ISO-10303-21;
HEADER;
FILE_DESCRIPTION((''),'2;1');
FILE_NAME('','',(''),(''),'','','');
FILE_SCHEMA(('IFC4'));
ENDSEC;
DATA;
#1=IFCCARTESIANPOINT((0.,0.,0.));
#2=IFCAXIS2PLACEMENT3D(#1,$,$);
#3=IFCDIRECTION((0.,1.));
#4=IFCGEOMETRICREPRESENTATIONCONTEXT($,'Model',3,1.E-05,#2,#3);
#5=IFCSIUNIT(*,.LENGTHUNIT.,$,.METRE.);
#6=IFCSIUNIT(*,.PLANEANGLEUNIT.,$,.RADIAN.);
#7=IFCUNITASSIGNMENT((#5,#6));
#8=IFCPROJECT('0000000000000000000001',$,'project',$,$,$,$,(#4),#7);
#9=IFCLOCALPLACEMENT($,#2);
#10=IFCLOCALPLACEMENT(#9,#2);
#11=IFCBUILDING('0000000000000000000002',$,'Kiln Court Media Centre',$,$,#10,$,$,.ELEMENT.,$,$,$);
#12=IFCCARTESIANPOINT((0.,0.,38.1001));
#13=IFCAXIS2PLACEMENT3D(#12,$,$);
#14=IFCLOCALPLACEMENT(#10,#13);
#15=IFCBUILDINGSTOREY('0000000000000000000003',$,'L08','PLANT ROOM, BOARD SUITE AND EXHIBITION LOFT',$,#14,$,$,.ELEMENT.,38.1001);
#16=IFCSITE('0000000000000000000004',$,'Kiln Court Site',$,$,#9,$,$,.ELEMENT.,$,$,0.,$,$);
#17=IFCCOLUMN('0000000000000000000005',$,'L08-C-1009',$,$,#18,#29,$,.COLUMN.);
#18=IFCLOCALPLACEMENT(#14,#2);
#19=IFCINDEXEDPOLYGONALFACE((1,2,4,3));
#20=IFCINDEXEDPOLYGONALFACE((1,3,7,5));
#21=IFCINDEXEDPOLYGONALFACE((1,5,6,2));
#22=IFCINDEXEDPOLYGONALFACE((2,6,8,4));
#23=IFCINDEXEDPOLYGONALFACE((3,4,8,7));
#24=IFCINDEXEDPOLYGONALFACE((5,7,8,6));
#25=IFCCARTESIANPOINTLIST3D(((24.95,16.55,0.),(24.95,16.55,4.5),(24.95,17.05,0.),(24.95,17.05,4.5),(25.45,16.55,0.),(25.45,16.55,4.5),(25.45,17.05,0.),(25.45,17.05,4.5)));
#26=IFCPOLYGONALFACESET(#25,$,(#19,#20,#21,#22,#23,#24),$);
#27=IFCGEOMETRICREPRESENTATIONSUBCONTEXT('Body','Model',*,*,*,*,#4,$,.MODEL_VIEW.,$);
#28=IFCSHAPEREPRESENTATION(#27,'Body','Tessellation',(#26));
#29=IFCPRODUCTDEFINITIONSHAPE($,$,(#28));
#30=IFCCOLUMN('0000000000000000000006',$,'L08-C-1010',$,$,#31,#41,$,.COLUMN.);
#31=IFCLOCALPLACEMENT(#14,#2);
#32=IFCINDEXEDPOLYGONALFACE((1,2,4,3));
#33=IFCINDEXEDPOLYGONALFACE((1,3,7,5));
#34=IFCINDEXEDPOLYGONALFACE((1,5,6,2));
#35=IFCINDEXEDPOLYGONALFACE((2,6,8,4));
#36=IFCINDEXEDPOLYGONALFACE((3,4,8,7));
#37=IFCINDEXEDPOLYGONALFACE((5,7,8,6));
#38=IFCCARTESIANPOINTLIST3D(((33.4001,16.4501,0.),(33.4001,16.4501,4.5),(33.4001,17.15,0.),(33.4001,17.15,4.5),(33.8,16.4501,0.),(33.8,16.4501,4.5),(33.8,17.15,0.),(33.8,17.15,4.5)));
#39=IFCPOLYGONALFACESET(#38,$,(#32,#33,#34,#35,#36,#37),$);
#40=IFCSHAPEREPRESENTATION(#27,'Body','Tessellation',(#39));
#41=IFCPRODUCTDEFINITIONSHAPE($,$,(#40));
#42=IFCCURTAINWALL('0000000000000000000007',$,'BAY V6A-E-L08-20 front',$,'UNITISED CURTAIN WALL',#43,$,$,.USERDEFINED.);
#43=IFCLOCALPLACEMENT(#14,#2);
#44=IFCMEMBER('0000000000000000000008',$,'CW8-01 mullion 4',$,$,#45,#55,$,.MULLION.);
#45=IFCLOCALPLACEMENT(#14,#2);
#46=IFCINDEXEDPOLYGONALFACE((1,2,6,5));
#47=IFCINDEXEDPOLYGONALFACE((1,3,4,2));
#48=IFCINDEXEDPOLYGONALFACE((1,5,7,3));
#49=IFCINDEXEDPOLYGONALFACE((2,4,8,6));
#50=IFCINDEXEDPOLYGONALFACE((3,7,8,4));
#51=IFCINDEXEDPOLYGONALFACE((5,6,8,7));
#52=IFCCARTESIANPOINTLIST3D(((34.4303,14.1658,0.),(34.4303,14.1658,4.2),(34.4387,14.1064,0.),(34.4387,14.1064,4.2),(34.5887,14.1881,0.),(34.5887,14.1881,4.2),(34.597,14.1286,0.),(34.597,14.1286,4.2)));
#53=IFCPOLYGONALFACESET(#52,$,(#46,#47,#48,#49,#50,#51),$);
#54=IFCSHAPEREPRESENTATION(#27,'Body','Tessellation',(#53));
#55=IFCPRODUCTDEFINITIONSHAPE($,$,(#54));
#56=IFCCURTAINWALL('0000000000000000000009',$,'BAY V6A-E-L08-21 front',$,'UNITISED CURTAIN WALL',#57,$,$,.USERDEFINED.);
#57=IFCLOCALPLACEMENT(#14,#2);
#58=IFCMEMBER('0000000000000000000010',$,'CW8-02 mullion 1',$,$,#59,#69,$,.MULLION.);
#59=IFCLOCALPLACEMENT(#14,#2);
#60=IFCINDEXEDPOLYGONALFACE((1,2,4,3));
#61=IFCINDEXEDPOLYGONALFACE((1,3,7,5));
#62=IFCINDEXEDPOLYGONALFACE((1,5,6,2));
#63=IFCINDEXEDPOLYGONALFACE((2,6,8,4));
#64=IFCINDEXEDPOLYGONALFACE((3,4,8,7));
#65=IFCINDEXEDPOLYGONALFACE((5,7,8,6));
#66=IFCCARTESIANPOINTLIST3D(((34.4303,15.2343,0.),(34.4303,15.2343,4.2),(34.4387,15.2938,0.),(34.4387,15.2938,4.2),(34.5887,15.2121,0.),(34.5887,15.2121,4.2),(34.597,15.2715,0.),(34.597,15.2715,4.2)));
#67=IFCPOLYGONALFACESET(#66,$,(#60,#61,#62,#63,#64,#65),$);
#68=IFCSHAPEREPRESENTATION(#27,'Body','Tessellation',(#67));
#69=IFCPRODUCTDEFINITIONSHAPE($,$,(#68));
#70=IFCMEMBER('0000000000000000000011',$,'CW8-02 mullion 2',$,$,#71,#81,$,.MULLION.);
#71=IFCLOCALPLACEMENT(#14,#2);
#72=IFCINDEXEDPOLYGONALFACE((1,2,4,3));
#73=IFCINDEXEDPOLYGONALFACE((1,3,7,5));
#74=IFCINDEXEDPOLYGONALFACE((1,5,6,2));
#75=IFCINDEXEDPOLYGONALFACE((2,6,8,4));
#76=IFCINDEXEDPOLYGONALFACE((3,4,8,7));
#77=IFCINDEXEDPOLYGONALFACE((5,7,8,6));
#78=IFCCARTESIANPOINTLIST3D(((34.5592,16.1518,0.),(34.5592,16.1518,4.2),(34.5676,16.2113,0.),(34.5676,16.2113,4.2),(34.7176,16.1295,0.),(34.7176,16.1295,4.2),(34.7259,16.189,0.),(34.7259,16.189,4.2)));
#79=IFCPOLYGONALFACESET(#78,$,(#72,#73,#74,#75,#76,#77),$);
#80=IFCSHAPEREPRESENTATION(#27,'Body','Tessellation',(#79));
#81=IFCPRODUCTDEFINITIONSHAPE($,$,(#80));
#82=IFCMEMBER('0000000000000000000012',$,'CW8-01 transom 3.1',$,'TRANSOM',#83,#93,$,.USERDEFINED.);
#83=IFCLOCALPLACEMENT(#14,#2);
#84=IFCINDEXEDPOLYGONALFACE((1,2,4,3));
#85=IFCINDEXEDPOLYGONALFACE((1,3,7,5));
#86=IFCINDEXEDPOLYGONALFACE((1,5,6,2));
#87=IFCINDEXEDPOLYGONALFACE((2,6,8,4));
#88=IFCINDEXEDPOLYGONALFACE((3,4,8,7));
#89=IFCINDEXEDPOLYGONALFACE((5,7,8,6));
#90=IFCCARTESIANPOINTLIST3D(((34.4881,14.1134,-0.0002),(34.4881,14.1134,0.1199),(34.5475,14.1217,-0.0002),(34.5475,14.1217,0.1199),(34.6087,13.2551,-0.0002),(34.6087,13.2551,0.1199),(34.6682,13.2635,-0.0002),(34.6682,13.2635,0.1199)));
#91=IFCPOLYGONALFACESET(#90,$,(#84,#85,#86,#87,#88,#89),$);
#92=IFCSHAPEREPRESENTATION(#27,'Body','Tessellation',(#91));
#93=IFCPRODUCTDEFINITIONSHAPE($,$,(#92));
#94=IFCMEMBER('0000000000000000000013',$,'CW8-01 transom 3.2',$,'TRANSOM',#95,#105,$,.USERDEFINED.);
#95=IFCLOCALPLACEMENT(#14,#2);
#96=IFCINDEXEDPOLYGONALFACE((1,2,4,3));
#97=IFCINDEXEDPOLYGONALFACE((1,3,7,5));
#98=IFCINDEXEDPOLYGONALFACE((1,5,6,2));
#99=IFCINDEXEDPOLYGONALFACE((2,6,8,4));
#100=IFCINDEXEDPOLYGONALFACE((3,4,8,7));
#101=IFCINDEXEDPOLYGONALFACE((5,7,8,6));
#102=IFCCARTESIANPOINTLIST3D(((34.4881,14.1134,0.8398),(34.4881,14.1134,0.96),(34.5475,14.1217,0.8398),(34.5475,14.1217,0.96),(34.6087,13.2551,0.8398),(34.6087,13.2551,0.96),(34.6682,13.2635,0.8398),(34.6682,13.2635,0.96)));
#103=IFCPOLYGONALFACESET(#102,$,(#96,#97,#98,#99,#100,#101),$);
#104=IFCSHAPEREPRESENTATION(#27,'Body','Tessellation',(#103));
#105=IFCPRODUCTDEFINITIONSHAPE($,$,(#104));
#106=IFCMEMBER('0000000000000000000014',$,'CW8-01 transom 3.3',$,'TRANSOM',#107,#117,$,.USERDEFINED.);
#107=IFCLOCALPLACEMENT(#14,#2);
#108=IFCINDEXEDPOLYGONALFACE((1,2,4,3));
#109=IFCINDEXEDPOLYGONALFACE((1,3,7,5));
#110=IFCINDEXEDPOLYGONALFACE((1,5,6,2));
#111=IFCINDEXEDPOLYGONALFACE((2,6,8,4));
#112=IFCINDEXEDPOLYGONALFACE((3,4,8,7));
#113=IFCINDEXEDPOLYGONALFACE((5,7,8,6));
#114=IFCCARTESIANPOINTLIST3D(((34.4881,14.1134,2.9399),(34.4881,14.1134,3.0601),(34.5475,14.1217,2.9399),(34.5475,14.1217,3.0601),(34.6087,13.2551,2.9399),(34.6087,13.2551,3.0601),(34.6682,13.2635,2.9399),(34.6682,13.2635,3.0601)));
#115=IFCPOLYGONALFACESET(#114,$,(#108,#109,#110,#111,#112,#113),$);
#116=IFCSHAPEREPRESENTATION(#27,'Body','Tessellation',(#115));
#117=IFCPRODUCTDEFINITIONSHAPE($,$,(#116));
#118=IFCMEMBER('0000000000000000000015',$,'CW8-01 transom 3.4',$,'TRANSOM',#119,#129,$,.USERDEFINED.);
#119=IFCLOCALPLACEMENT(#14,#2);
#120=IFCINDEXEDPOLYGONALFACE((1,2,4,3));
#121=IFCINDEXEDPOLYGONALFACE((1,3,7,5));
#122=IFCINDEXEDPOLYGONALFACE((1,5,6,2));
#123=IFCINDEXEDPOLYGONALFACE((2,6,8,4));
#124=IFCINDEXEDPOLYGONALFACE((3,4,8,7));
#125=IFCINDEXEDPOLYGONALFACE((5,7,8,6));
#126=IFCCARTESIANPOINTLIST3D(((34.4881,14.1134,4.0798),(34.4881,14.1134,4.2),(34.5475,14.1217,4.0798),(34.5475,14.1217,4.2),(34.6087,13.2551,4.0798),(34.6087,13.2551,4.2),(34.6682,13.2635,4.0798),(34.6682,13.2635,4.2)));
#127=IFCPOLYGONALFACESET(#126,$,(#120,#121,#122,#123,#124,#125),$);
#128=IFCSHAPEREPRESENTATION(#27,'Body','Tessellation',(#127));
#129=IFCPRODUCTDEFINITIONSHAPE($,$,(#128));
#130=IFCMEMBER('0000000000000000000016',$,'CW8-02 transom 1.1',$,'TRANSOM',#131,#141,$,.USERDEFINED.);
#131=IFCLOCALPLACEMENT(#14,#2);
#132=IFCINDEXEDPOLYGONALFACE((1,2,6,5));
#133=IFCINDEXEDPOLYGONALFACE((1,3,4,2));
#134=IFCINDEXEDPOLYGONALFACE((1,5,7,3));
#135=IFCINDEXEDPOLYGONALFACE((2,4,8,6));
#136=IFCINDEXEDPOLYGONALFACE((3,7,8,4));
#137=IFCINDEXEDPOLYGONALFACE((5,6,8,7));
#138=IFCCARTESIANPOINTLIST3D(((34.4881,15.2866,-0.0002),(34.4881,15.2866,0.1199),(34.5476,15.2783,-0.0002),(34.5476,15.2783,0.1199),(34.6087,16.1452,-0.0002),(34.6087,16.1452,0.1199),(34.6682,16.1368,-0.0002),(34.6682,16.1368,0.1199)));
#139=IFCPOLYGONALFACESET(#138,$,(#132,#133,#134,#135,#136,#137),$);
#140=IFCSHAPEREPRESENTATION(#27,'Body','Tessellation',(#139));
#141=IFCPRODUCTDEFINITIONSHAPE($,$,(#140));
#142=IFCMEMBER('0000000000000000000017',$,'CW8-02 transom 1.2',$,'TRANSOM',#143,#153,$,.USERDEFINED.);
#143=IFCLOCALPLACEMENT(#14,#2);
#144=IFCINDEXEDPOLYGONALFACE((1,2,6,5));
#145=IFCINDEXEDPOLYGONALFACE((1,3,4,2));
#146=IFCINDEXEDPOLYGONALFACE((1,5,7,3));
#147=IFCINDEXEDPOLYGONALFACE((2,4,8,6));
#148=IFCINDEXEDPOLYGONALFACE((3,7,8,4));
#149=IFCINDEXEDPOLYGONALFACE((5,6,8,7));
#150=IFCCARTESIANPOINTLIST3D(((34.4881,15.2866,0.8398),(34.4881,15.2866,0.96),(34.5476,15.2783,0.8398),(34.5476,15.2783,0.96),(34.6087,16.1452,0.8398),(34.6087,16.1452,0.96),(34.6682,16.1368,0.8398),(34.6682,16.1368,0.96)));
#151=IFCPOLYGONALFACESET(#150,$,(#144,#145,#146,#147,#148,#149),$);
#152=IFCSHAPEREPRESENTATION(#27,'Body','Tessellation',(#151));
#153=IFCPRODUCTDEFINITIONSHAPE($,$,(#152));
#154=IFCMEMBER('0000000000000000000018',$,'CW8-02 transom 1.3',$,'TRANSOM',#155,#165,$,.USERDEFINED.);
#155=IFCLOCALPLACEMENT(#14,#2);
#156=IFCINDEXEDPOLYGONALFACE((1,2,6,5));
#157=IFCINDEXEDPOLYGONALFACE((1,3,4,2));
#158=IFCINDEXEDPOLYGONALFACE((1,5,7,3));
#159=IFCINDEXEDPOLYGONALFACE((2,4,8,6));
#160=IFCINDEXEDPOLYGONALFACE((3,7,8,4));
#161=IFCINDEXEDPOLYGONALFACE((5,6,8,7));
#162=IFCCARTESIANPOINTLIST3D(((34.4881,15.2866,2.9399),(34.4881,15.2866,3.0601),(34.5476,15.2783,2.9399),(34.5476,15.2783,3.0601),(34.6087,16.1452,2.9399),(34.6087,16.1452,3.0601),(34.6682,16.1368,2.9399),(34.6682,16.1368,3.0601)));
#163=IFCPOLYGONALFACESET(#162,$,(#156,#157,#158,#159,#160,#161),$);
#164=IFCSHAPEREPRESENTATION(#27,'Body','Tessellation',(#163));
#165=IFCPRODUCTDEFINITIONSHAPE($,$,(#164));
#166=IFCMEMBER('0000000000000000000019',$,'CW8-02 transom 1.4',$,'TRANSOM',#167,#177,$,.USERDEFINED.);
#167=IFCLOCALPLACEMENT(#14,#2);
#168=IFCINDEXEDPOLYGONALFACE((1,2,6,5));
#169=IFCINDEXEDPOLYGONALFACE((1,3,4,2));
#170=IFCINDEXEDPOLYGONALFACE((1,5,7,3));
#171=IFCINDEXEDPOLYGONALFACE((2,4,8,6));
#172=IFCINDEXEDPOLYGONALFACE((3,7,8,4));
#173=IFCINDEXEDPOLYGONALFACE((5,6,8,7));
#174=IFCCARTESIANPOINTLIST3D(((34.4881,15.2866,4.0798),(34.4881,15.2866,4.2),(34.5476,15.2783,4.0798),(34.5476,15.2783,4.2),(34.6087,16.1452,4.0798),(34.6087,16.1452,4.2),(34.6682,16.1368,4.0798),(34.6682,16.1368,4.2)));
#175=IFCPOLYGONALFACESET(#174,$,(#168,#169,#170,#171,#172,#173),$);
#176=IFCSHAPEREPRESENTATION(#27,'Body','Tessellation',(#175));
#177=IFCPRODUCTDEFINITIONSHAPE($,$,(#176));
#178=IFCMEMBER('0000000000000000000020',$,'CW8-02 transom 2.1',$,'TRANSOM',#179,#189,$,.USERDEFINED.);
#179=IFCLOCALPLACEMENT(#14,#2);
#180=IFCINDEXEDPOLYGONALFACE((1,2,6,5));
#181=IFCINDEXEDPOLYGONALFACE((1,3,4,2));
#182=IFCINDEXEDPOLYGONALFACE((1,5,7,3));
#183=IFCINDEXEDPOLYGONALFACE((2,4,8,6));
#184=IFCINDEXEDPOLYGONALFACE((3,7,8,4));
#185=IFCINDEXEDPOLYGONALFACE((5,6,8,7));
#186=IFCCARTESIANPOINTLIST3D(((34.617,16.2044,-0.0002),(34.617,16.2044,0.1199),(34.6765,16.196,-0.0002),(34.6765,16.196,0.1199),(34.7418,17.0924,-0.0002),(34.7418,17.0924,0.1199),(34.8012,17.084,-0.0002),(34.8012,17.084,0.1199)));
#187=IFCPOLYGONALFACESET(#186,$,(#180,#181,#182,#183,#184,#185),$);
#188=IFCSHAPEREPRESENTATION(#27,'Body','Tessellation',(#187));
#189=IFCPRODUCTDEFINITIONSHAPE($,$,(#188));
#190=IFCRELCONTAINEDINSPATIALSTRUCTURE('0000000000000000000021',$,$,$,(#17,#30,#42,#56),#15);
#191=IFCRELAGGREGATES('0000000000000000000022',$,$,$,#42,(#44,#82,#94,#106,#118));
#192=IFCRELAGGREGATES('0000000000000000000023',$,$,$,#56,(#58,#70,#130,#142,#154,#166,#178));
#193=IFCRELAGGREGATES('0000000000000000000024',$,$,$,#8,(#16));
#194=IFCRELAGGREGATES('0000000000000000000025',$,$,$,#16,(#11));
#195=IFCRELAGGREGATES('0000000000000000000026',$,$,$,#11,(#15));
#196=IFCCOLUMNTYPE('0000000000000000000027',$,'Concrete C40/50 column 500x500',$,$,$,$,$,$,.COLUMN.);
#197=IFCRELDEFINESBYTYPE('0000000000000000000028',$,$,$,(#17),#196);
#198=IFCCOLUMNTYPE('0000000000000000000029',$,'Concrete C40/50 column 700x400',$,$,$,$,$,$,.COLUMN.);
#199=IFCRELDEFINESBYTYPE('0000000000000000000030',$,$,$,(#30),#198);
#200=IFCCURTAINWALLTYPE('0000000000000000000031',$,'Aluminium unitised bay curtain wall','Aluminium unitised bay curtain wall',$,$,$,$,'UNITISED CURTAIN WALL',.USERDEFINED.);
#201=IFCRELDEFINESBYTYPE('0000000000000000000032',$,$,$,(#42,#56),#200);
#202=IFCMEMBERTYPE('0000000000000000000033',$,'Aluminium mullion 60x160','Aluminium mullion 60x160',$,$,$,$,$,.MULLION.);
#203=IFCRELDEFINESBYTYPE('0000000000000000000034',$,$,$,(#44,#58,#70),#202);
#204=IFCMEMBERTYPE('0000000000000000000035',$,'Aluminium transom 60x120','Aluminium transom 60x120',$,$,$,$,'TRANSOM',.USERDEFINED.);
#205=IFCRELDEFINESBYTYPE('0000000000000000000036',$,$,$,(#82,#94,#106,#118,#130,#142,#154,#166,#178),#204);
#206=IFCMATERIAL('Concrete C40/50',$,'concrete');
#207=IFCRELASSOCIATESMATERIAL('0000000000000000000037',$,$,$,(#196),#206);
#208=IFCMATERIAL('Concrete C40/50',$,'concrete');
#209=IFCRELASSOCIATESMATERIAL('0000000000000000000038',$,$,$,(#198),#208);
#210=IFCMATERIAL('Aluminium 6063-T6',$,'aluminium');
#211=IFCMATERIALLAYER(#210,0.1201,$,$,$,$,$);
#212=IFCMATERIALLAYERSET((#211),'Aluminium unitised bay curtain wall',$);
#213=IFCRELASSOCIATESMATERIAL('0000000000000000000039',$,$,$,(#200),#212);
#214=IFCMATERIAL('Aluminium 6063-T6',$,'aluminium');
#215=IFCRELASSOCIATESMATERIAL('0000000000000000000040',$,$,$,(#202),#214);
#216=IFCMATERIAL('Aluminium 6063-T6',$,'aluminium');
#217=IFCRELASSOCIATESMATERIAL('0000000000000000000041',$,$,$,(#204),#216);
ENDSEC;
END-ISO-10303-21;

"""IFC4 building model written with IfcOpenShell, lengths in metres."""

from ifc_helpers import new_model, si_unit, direction, frame, origin, origin_2d, place, context, subcontext, project, spatial, rectangle, extrude, material, layer, layer_set, material_profile, profile_set, type_object, element, aggregate, save


model = new_model("IFC4")

# Units and contexts
model_context = context("Model", 3, precision=1e-05, world=origin(), true_north=direction((0.0, 1.0)))
body_context = subcontext(model_context, "Body", "Model", "MODEL_VIEW")
ifc_project = project(units=[si_unit("LENGTHUNIT", "METRE"), si_unit("PLANEANGLEUNIT", "RADIAN")], contexts=[model_context])

# Site, building, storey
site_placement = place(None, origin())
site = spatial("IfcSite", under=ifc_project, at=site_placement, Name="Kiln Court Site", CompositionType="ELEMENT", RefElevation=0.0)
building_placement = place(site_placement, origin())
building = spatial("IfcBuilding", under=site, at=building_placement, Name="Kiln Court Media Centre", CompositionType="ELEMENT")
storey_placement = place(building_placement, frame((0.0, 0.0, 38.1001)))
storey = spatial("IfcBuildingStorey", under=building, at=storey_placement, Name="L08", Description="PLANT ROOM, BOARD SUITE AND EXHIBITION LOFT", CompositionType="ELEMENT", Elevation=38.1001)

# Columns
ifc_material_1 = material(Name="Concrete C40/50", Category="concrete")
ifc_material_profile_1 = material_profile(ifc_material_1, rectangle(XDim=0.5, YDim=0.5, at=origin_2d()), Name="RC 500x500")
ifc_profile_set_1 = profile_set([ifc_material_profile_1], Name="Concrete C40/50")
column_type_1 = type_object("IfcColumnType", Name="Concrete C40/50 column 500x500", PredefinedType="COLUMN", material=ifc_profile_set_1)
column_1_placement = place(storey_placement, frame((25.2, 16.8, 0.0), z_axis=(0.0, 0.0, 1.0), x_axis=(1.0, 0.0, 0.0)))
element("IfcColumn", 1, at=column_1_placement, inside=storey, type_object=column_type_1, Name="L08-C-1009", PredefinedType="COLUMN", context=body_context, shape_type="SweptSolid", body=[
    extrude(rectangle(XDim=0.5, YDim=0.5, at=origin_2d()), origin(), (0.0, 0.0, 1.0), 4.5),
])
ifc_material_2 = material(Name="Concrete C40/50", Category="concrete")
ifc_material_profile_2 = material_profile(ifc_material_2, rectangle(XDim=0.7, YDim=0.3999, at=origin_2d()), Name="RC 700x400")
ifc_profile_set_2 = profile_set([ifc_material_profile_2], Name="Concrete C40/50")
column_type_2 = type_object("IfcColumnType", Name="Concrete C40/50 column 700x400", PredefinedType="COLUMN", material=ifc_profile_set_2)
column_2_placement = place(storey_placement, frame((33.6001, 16.8, 0.0), z_axis=(0.0, 0.0, 1.0), x_axis=(0.0, 1.0, 0.0)))
element("IfcColumn", 2, at=column_2_placement, inside=storey, type_object=column_type_2, Name="L08-C-1010", PredefinedType="COLUMN", context=body_context, shape_type="SweptSolid", body=[
    extrude(rectangle(XDim=0.7, YDim=0.3999, at=origin_2d()), origin(), (0.0, 0.0, 1.0), 4.5),
])

# Curtain wall, member
ifc_material_3 = material(Name="Aluminium 6063-T6", Category="aluminium")
ifc_layer_1 = layer(ifc_material_3, 0.1201)
ifc_layer_set_1 = layer_set([ifc_layer_1], Name="Aluminium unitised bay curtain wall")
curtain_wall_type = type_object("IfcCurtainWallType", Name="Aluminium unitised bay curtain wall", Description="Aluminium unitised bay curtain wall", ElementType="UNITISED CURTAIN WALL", PredefinedType="USERDEFINED", material=ifc_layer_set_1)
curtain_wall_1_placement = place(storey_placement, origin())
curtain_wall_1 = element("IfcCurtainWall", 3, at=curtain_wall_1_placement, inside=storey, type_object=curtain_wall_type, Name="BAY V6A-E-L08-20 front", ObjectType="UNITISED CURTAIN WALL", PredefinedType="USERDEFINED")
ifc_material_4 = material(Name="Aluminium 6063-T6", Category="aluminium")
ifc_material_profile_3 = material_profile(ifc_material_4, rectangle(XDim=0.0601, YDim=0.1599, at=origin_2d()), Name="Aluminium mullion 60x160")
ifc_profile_set_3 = profile_set([ifc_material_profile_3], Name="Aluminium 6063-T6")
member_type_1 = type_object("IfcMemberType", Name="Aluminium mullion 60x160", Description="Aluminium mullion 60x160", PredefinedType="MULLION", material=ifc_profile_set_3)
member_1_placement = place(storey_placement, frame((34.5137, 14.1472, 0.0), z_axis=(0.0, 0.0, 1.0), x_axis=(-0.139162, 0.99027, 0.0)))
member_1 = element("IfcMember", 4, at=member_1_placement, type_object=member_type_1, Name="CW8-01 mullion 4", PredefinedType="MULLION", context=body_context, shape_type="SweptSolid", body=[
    extrude(rectangle(XDim=0.0601, YDim=0.1599, at=origin_2d()), origin(), (0.0, 0.0, 1.0), 4.2),
])

# Curtain wall, members
curtain_wall_2_placement = place(storey_placement, origin())
curtain_wall_2 = element("IfcCurtainWall", 5, at=curtain_wall_2_placement, inside=storey, type_object=curtain_wall_type, Name="BAY V6A-E-L08-21 front", ObjectType="UNITISED CURTAIN WALL", PredefinedType="USERDEFINED")
member_2_placement = place(storey_placement, frame((34.5137, 15.2529, 0.0), z_axis=(0.0, 0.0, 1.0), x_axis=(0.139162, 0.99027, 0.0)))
member_2 = element("IfcMember", 6, at=member_2_placement, type_object=member_type_1, Name="CW8-02 mullion 1", PredefinedType="MULLION", context=body_context, shape_type="SweptSolid", body=[
    extrude(rectangle(XDim=0.0601, YDim=0.1599, at=origin_2d()), origin(), (0.0, 0.0, 1.0), 4.2),
])
member_3_placement = place(storey_placement, frame((34.6426, 16.1704, 0.0), z_axis=(0.0, 0.0, 1.0), x_axis=(0.139162, 0.99027, 0.0)))
member_3 = element("IfcMember", 7, at=member_3_placement, type_object=member_type_1, Name="CW8-02 mullion 2", PredefinedType="MULLION", context=body_context, shape_type="SweptSolid", body=[
    extrude(rectangle(XDim=0.0601, YDim=0.1599, at=origin_2d()), origin(), (0.0, 0.0, 1.0), 4.2),
])

# Members
ifc_material_5 = material(Name="Aluminium 6063-T6", Category="aluminium")
ifc_material_profile_4 = material_profile(ifc_material_5, rectangle(XDim=0.0601, YDim=0.1201, at=origin_2d()), Name="Aluminium transom 60x120")
ifc_profile_set_4 = profile_set([ifc_material_profile_4], Name="Aluminium 6063-T6")
member_type_2 = type_object("IfcMemberType", Name="Aluminium transom 60x120", Description="Aluminium transom 60x120", ElementType="TRANSOM", PredefinedType="USERDEFINED", material=ifc_profile_set_4)
member_4_placement = place(storey_placement, frame((34.6384, 13.2593, 0.0598), z_axis=(-0.139173, 0.990268, 0.0), x_axis=(-0.990268, -0.139173, 0.0)))
member_4 = element("IfcMember", 8, at=member_4_placement, type_object=member_type_2, Name="CW8-01 transom 3.1", ObjectType="TRANSOM", PredefinedType="USERDEFINED", context=body_context, shape_type="SweptSolid", body=[
    extrude(rectangle(XDim=0.0601, YDim=0.1201, at=origin_2d()), origin(), (0.0, 0.0, 1.0), 0.8667),
])
member_5_placement = place(storey_placement, frame((34.6384, 13.2593, 0.8999), z_axis=(-0.139173, 0.990268, 0.0), x_axis=(-0.990268, -0.139173, 0.0)))
member_5 = element("IfcMember", 9, at=member_5_placement, type_object=member_type_2, Name="CW8-01 transom 3.2", ObjectType="TRANSOM", PredefinedType="USERDEFINED", context=body_context, shape_type="SweptSolid", body=[
    extrude(rectangle(XDim=0.0601, YDim=0.1201, at=origin_2d()), origin(), (0.0, 0.0, 1.0), 0.8667),
])
member_6_placement = place(storey_placement, frame((34.6384, 13.2593, 3.0), z_axis=(-0.139173, 0.990268, 0.0), x_axis=(-0.990268, -0.139173, 0.0)))
member_6 = element("IfcMember", 10, at=member_6_placement, type_object=member_type_2, Name="CW8-01 transom 3.3", ObjectType="TRANSOM", PredefinedType="USERDEFINED", context=body_context, shape_type="SweptSolid", body=[
    extrude(rectangle(XDim=0.0601, YDim=0.1201, at=origin_2d()), origin(), (0.0, 0.0, 1.0), 0.8667),
])
member_7_placement = place(storey_placement, frame((34.6384, 13.2593, 4.1399), z_axis=(-0.139173, 0.990268, 0.0), x_axis=(-0.990268, -0.139173, 0.0)))
member_7 = element("IfcMember", 11, at=member_7_placement, type_object=member_type_2, Name="CW8-01 transom 3.4", ObjectType="TRANSOM", PredefinedType="USERDEFINED", context=body_context, shape_type="SweptSolid", body=[
    extrude(rectangle(XDim=0.0601, YDim=0.1201, at=origin_2d()), origin(), (0.0, 0.0, 1.0), 0.8667),
])
member_8_placement = place(storey_placement, frame((34.5178, 15.2825, 0.0598), z_axis=(0.139134, 0.990274, 0.0), x_axis=(-0.990274, 0.139134, 0.0)))
member_8 = element("IfcMember", 12, at=member_8_placement, type_object=member_type_2, Name="CW8-02 transom 1.1", ObjectType="TRANSOM", PredefinedType="USERDEFINED", context=body_context, shape_type="SweptSolid", body=[
    extrude(rectangle(XDim=0.0601, YDim=0.1201, at=origin_2d()), origin(), (0.0, 0.0, 1.0), 0.8669),
])
member_9_placement = place(storey_placement, frame((34.5178, 15.2825, 0.8999), z_axis=(0.139134, 0.990274, 0.0), x_axis=(-0.990274, 0.139134, 0.0)))
member_9 = element("IfcMember", 13, at=member_9_placement, type_object=member_type_2, Name="CW8-02 transom 1.2", ObjectType="TRANSOM", PredefinedType="USERDEFINED", context=body_context, shape_type="SweptSolid", body=[
    extrude(rectangle(XDim=0.0601, YDim=0.1201, at=origin_2d()), origin(), (0.0, 0.0, 1.0), 0.8669),
])
member_10_placement = place(storey_placement, frame((34.5178, 15.2825, 3.0), z_axis=(0.139134, 0.990274, 0.0), x_axis=(-0.990274, 0.139134, 0.0)))
member_10 = element("IfcMember", 14, at=member_10_placement, type_object=member_type_2, Name="CW8-02 transom 1.3", ObjectType="TRANSOM", PredefinedType="USERDEFINED", context=body_context, shape_type="SweptSolid", body=[
    extrude(rectangle(XDim=0.0601, YDim=0.1201, at=origin_2d()), origin(), (0.0, 0.0, 1.0), 0.8669),
])
member_11_placement = place(storey_placement, frame((34.5178, 15.2825, 4.1399), z_axis=(0.139134, 0.990274, 0.0), x_axis=(-0.990274, 0.139134, 0.0)))
member_11 = element("IfcMember", 15, at=member_11_placement, type_object=member_type_2, Name="CW8-02 transom 1.4", ObjectType="TRANSOM", PredefinedType="USERDEFINED", context=body_context, shape_type="SweptSolid", body=[
    extrude(rectangle(XDim=0.0601, YDim=0.1201, at=origin_2d()), origin(), (0.0, 0.0, 1.0), 0.8669),
])
member_12_placement = place(storey_placement, frame((34.6467, 16.2002, 0.0598), z_axis=(0.139134, 0.990274, 0.0), x_axis=(-0.990274, 0.139134, 0.0)))
member_12 = element("IfcMember", 16, at=member_12_placement, type_object=member_type_2, Name="CW8-02 transom 2.1", ObjectType="TRANSOM", PredefinedType="USERDEFINED", context=body_context, shape_type="SweptSolid", body=[
    extrude(rectangle(XDim=0.0601, YDim=0.1201, at=origin_2d()), origin(), (0.0, 0.0, 1.0), 0.8967),
])

aggregate(curtain_wall_1, [member_1, member_4, member_5, member_6, member_7])
aggregate(curtain_wall_2, [member_2, member_3, member_8, member_9, member_10, member_11, member_12])

save(model, "model.ifc")
